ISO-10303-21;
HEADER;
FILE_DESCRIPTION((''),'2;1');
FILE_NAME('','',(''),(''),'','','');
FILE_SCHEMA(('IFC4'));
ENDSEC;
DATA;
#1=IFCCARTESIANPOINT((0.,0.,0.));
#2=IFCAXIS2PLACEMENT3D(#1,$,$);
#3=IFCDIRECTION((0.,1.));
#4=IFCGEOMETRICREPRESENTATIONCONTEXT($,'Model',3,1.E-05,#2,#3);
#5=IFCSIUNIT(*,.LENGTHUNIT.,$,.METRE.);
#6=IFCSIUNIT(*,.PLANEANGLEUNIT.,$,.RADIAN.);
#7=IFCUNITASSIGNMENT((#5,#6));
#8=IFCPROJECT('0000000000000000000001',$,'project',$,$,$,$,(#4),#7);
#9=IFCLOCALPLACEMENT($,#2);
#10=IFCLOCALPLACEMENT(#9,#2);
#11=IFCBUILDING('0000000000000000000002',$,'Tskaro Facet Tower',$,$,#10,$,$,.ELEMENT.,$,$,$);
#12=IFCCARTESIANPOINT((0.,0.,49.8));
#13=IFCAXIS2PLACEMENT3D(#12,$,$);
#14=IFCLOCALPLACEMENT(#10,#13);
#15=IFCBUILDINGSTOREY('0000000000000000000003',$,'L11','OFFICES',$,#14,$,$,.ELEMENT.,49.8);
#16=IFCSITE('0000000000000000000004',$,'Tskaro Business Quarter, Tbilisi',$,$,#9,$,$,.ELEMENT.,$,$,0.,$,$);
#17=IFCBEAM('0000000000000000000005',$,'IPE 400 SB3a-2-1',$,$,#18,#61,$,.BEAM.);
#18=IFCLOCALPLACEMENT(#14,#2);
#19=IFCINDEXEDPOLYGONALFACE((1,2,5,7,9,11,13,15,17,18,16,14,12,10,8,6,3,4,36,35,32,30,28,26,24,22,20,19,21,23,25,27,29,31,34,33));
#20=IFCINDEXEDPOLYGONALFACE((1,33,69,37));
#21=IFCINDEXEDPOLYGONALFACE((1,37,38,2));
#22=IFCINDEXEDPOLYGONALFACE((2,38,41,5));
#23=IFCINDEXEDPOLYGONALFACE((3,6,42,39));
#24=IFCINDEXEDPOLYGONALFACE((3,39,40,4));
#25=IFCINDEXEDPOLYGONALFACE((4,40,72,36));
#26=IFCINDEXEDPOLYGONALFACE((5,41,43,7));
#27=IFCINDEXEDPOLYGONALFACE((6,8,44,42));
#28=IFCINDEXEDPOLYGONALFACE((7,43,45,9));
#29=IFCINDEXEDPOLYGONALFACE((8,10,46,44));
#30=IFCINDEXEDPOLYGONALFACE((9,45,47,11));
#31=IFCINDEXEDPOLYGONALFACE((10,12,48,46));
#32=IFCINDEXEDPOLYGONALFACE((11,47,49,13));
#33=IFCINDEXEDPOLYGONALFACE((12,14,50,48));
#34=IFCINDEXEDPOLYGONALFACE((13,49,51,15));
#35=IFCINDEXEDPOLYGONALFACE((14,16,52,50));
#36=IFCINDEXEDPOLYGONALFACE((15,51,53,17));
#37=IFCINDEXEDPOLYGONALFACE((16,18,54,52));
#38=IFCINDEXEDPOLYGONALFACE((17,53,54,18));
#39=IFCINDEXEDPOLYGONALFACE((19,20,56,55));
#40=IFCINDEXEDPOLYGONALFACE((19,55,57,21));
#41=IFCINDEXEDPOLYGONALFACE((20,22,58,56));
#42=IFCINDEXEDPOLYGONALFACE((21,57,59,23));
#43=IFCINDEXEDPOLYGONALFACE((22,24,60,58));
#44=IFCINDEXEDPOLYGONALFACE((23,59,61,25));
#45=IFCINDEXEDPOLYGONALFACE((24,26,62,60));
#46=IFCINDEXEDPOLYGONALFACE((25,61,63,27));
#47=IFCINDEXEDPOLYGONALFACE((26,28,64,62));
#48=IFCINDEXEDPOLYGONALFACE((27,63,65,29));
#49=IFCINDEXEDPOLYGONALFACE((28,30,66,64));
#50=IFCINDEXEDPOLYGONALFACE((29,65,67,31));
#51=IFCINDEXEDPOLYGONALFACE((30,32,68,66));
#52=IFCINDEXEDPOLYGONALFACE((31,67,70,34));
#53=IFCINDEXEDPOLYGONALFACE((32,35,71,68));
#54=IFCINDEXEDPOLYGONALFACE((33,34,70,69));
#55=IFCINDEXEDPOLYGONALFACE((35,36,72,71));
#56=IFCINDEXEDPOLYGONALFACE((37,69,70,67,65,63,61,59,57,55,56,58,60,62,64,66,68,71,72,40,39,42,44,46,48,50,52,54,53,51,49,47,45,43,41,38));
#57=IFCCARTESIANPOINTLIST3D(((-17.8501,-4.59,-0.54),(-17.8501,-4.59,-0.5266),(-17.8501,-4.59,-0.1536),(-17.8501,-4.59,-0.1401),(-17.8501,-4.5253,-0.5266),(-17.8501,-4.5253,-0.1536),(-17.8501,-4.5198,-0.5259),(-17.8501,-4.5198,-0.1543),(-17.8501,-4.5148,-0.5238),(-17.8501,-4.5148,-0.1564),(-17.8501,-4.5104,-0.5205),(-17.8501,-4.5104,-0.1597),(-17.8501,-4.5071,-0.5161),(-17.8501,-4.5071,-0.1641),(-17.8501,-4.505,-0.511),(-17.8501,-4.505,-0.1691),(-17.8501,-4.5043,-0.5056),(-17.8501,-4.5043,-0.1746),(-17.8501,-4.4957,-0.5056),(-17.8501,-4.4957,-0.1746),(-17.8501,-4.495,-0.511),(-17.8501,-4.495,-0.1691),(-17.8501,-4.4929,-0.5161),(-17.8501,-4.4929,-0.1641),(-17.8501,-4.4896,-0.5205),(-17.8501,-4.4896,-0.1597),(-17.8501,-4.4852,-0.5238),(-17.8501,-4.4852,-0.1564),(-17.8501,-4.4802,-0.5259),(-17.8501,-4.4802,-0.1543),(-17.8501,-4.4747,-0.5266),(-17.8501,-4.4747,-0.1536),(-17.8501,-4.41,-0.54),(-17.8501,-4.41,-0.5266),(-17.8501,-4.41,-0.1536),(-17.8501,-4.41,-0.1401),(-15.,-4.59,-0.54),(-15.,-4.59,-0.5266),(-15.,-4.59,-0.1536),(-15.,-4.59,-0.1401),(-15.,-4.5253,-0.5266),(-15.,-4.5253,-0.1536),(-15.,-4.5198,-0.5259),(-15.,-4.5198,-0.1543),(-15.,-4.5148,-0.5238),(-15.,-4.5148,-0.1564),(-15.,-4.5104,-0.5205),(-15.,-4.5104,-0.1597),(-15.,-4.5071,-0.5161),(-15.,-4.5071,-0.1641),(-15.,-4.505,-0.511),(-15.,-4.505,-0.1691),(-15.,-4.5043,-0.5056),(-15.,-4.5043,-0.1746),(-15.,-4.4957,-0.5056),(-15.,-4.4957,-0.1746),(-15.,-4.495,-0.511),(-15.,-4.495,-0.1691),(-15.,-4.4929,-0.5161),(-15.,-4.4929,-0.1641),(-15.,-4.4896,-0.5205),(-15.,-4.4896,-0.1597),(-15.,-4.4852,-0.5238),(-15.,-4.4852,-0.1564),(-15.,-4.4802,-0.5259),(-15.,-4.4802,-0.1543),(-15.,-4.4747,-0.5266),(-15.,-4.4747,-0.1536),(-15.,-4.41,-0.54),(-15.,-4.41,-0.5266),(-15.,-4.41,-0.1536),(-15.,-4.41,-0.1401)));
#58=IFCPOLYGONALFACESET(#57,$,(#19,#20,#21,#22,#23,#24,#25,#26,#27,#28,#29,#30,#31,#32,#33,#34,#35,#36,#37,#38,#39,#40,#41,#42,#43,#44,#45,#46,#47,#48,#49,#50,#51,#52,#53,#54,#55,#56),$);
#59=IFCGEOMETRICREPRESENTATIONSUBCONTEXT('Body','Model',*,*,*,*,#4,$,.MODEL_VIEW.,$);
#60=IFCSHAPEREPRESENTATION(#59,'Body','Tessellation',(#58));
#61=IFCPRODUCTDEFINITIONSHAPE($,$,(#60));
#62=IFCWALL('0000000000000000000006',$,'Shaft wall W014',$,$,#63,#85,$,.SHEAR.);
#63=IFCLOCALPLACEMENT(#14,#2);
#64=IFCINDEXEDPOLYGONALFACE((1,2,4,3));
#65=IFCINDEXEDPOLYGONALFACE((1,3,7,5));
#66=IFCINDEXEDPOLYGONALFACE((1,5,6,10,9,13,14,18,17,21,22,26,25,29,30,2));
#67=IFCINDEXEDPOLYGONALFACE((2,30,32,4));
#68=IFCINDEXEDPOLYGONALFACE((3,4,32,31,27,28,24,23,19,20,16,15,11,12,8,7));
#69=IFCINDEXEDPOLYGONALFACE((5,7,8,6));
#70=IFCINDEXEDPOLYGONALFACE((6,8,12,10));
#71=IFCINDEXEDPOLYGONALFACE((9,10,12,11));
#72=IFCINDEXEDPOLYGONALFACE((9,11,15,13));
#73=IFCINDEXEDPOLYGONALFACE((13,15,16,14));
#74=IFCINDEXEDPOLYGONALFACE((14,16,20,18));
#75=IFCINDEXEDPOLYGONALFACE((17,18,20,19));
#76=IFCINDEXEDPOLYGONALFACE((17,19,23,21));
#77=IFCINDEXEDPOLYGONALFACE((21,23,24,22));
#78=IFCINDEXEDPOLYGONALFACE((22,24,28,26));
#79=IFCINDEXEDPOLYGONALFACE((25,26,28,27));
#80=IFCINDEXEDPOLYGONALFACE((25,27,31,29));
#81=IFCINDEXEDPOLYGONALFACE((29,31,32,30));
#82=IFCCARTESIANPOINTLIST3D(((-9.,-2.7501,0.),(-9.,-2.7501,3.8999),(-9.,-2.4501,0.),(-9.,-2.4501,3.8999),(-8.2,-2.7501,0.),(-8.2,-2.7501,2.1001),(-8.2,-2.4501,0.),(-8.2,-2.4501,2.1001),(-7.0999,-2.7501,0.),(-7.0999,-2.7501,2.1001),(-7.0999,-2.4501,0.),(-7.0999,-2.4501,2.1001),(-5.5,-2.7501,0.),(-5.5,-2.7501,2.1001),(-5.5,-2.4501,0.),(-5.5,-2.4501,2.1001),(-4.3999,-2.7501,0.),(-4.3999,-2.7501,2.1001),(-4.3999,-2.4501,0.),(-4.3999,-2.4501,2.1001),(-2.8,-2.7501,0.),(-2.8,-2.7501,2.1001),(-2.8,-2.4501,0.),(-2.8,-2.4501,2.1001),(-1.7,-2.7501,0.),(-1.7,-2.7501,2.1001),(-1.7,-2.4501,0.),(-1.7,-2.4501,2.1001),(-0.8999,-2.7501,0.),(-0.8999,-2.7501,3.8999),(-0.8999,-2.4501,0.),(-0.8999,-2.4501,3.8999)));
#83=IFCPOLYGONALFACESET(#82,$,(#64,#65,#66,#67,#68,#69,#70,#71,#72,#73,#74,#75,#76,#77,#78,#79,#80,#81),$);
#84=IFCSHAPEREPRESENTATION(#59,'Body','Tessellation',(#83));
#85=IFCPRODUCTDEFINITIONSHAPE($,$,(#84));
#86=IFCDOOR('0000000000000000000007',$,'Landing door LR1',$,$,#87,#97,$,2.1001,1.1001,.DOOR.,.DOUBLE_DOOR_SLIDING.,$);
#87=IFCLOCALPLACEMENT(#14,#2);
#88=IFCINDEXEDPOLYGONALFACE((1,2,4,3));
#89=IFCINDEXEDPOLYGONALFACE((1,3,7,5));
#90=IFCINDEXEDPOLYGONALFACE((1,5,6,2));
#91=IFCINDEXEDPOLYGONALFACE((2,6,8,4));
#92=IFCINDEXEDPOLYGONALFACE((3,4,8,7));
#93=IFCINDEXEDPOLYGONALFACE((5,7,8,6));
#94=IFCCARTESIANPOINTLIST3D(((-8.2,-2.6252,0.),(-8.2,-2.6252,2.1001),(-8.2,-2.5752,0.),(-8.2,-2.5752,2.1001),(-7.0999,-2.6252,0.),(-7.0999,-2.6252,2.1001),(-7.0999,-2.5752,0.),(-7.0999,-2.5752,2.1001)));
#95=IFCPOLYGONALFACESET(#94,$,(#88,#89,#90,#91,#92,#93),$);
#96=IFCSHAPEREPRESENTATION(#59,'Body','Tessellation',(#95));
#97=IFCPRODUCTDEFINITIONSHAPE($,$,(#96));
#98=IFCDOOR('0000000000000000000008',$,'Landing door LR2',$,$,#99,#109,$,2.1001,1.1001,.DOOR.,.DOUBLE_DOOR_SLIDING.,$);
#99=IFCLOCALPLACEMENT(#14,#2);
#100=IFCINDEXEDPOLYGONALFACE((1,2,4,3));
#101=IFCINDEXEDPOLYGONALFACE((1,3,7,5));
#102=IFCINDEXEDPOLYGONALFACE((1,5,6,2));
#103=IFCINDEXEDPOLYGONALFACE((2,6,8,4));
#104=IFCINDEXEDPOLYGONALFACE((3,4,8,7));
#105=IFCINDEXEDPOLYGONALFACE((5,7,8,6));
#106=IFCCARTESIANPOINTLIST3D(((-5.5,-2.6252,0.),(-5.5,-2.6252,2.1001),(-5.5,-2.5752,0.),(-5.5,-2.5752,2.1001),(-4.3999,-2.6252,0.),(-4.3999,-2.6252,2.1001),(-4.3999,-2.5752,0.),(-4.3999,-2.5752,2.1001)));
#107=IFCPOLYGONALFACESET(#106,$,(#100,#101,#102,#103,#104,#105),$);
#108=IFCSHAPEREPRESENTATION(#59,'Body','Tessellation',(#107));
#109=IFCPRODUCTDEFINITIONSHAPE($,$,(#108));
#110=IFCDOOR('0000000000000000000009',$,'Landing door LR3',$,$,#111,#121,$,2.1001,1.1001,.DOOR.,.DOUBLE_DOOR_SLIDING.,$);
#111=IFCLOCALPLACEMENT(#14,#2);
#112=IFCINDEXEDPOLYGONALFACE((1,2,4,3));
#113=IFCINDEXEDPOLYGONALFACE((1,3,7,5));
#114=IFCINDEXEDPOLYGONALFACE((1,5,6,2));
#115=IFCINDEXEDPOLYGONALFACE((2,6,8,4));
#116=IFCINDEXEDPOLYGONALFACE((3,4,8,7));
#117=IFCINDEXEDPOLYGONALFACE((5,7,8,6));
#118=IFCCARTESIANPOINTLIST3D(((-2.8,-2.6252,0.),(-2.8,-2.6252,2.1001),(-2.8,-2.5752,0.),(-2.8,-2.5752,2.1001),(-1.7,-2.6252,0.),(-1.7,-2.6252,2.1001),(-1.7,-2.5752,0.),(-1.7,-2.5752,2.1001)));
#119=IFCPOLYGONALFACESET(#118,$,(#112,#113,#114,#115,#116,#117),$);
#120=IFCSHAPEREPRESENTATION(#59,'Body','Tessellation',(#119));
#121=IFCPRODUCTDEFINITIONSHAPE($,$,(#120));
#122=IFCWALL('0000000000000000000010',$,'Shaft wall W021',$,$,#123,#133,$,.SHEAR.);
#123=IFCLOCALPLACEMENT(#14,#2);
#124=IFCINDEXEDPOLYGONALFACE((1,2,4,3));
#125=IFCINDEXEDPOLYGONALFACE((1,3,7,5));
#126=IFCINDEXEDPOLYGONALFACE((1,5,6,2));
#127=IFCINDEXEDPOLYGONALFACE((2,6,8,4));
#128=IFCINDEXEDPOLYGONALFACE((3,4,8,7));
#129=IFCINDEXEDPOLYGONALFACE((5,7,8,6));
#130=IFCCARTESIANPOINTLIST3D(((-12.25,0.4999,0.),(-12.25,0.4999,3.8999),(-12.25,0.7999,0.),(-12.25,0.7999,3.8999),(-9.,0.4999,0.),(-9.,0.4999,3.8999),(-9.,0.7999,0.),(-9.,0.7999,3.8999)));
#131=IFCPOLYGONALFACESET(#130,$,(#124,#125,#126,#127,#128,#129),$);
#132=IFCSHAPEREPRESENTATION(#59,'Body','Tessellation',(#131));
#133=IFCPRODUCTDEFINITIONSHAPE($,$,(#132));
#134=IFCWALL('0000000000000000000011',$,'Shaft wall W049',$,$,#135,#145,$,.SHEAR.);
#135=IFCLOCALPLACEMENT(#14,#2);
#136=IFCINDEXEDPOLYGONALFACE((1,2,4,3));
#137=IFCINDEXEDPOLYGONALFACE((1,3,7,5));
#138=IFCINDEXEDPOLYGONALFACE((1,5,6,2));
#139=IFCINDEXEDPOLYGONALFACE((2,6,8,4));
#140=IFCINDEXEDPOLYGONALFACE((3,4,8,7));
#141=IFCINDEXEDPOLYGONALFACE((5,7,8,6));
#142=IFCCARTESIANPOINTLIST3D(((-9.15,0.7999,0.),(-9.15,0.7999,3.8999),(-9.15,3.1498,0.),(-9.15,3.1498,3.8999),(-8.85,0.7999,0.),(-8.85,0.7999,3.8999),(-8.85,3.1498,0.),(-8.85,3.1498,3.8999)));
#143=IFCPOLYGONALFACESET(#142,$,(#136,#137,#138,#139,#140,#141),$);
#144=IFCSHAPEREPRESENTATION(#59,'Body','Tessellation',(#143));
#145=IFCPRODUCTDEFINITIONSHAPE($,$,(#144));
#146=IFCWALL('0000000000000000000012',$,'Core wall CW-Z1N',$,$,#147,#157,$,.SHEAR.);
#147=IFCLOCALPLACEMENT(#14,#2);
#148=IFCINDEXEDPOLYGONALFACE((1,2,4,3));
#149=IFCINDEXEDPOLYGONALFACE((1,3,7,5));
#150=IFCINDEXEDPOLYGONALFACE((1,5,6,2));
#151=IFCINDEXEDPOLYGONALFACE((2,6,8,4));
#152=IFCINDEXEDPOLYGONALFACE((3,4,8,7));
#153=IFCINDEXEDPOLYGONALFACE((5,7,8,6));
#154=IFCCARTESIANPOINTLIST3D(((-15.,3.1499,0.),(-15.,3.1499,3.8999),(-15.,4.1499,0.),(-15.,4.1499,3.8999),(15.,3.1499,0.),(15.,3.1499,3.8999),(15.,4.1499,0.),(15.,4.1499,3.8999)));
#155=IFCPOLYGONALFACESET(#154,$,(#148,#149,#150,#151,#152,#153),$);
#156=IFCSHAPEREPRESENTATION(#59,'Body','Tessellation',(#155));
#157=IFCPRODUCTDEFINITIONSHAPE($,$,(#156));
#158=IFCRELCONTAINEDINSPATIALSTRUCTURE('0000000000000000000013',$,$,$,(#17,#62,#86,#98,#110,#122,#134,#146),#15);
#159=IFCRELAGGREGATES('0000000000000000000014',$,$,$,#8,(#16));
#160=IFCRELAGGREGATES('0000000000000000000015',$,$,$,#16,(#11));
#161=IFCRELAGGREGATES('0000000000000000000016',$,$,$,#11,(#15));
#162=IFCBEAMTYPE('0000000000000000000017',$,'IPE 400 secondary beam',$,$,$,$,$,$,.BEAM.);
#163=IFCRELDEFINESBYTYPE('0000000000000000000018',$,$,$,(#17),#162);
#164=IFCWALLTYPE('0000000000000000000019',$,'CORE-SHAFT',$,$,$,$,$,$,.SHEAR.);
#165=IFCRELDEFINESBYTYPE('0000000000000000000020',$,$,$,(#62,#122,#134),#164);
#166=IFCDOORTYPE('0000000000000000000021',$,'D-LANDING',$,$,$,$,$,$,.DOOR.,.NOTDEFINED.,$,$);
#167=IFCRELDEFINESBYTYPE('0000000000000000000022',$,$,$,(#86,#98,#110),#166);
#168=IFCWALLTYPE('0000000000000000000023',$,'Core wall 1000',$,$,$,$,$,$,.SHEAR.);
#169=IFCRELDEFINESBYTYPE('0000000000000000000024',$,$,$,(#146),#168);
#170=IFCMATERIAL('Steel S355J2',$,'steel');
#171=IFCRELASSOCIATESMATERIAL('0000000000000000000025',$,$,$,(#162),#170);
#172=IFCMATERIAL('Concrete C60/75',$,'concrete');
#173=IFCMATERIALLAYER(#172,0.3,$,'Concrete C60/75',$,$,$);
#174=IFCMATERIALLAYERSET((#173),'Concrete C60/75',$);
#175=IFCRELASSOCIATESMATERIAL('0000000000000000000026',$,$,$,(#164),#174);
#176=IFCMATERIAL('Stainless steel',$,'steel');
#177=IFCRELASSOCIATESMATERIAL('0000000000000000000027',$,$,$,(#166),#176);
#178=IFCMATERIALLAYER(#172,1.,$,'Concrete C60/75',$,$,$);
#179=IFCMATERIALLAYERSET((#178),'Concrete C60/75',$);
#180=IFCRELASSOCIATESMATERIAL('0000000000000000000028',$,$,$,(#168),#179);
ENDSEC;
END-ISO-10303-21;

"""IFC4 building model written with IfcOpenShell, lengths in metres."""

from ifc_helpers import new_model, si_unit, direction, frame, frame_2d, origin, origin_2d, place, context, subcontext, project, spatial, rectangle, i_section, extrude, material, layer, layer_set, material_profile, profile_set, type_object, element, fill, save


model = new_model("IFC4")

# Units and contexts
model_context = context("Model", 3, precision=1e-05, world=origin(), true_north=direction((0.0, 1.0)))
body_context = subcontext(model_context, "Body", "Model", "MODEL_VIEW")
ifc_project = project(units=[si_unit("LENGTHUNIT", "METRE"), si_unit("PLANEANGLEUNIT", "RADIAN")], contexts=[model_context])

# Site, building, storey
site_placement = place(None, origin())
site = spatial("IfcSite", under=ifc_project, at=site_placement, Name="Tskaro Business Quarter, Tbilisi", CompositionType="ELEMENT", RefElevation=0.0)
building_placement = place(site_placement, origin())
building = spatial("IfcBuilding", under=site, at=building_placement, Name="Tskaro Facet Tower", CompositionType="ELEMENT")
storey_placement = place(building_placement, frame((0.0, 0.0, 49.8)))
storey = spatial("IfcBuildingStorey", under=building, at=storey_placement, Name="L11", Description="OFFICES", CompositionType="ELEMENT", Elevation=49.8)

# Beam
ifc_material_1 = material(Name="Steel S355J2", Category="steel")
ifc_material_profile = material_profile(ifc_material_1, i_section(OverallWidth=0.1799, OverallDepth=0.3999, WebThickness=0.0085, FlangeThickness=0.0134, FilletRadius=0.021, at=origin_2d()), Name="IPE 400")
ifc_profile_set = profile_set([ifc_material_profile], Name="Steel S355J2")
beam_type = type_object("IfcBeamType", Name="IPE 400 secondary beam", PredefinedType="BEAM", material=ifc_profile_set)
beam_placement = place(storey_placement, frame((-17.8501, -4.5, -0.3401), z_axis=(1.0, 0.0, 0.0), x_axis=(0.0, 1.0, 0.0)))
element("IfcBeam", 1, at=beam_placement, inside=storey, type_object=beam_type, Name="IPE 400 SB3a-2-1", PredefinedType="BEAM", context=body_context, shape_type="SweptSolid", body=[
    extrude(i_section(OverallWidth=0.1799, OverallDepth=0.3999, WebThickness=0.0085, FlangeThickness=0.0134, FilletRadius=0.021, at=origin_2d()), origin(), (0.0, 0.0, 1.0), 2.8501),
])

# Wall, openings, doors
ifc_material_2 = material(Name="Concrete C60/75", Category="concrete")
ifc_layer_1 = layer(ifc_material_2, 0.3, Name="Concrete C60/75")
ifc_layer_set_1 = layer_set([ifc_layer_1], Name="Concrete C60/75")
wall_type_1 = type_object("IfcWallType", Name="CORE-SHAFT", PredefinedType="SHEAR", material=ifc_layer_set_1)
wall_1_placement = place(storey_placement, frame((-9.0, -2.6001, 0.0), z_axis=(0.0, 0.0, 1.0), x_axis=(1.0, 0.0, 0.0)))
wall_1 = element("IfcWall", 2, at=wall_1_placement, inside=storey, type_object=wall_type_1, Name="Shaft wall W014", PredefinedType="SHEAR", context=body_context, shape_type="SweptSolid", body=[
    extrude(rectangle(XDim=8.1001, YDim=0.3, at=frame_2d((4.05, 0.0))), origin(), (0.0, 0.0, 1.0), 3.8999),
])
opening_1_placement = place(wall_1_placement, frame((0.8, 0.0, 0.0)))
opening_1 = element("IfcOpeningElement", 3, at=opening_1_placement, cuts=wall_1, PredefinedType="OPENING", context=body_context, shape_type="SweptSolid", body=[
    extrude(rectangle(XDim=1.1001, YDim=2.1001, at=frame_2d((0.55, 1.05))), frame((0.0, 0.1599, 0.0), z_axis=(0.0, -1.0, 0.0), x_axis=(1.0, 0.0, 0.0)), (0.0, 0.0, 1.0), 0.3201),
])
opening_2_placement = place(wall_1_placement, frame((3.5, 0.0, 0.0)))
opening_2 = element("IfcOpeningElement", 4, at=opening_2_placement, cuts=wall_1, PredefinedType="OPENING", context=body_context, shape_type="SweptSolid", body=[
    extrude(rectangle(XDim=1.1001, YDim=2.1001, at=frame_2d((0.55, 1.05))), frame((0.0, 0.1599, 0.0), z_axis=(0.0, -1.0, 0.0), x_axis=(1.0, 0.0, 0.0)), (0.0, 0.0, 1.0), 0.3201),
])
opening_3_placement = place(wall_1_placement, frame((6.2, 0.0, 0.0)))
opening_3 = element("IfcOpeningElement", 5, at=opening_3_placement, cuts=wall_1, PredefinedType="OPENING", context=body_context, shape_type="SweptSolid", body=[
    extrude(rectangle(XDim=1.1001, YDim=2.1001, at=frame_2d((0.55, 1.05))), frame((0.0, 0.1599, 0.0), z_axis=(0.0, -1.0, 0.0), x_axis=(1.0, 0.0, 0.0)), (0.0, 0.0, 1.0), 0.3201),
])
ifc_material_3 = material(Name="Stainless steel", Category="steel")
door_type_1 = type_object("IfcDoorType", Name="D-LANDING", OperationType="NOTDEFINED", PredefinedType="DOOR", material=ifc_material_3)
door_1_placement = place(opening_1_placement, origin())
door_1 = element("IfcDoor", 6, at=door_1_placement, inside=storey, type_object=door_type_1, Name="Landing door LR1", OperationType="DOUBLE_DOOR_SLIDING", OverallHeight=2.1001, OverallWidth=1.1001, PredefinedType="DOOR", context=body_context, shape_type="SweptSolid", body=[
    extrude(rectangle(XDim=1.1001, YDim=2.1001, at=frame_2d((0.55, 1.05))), frame((0.0, 0.0249, 0.0), z_axis=(0.0, -1.0, 0.0), x_axis=(1.0, 0.0, 0.0)), (0.0, 0.0, 1.0), 0.05),
])
fill(opening_1, door_1)
door_2_placement = place(opening_2_placement, origin())
door_2 = element("IfcDoor", 7, at=door_2_placement, inside=storey, type_object=door_type_1, Name="Landing door LR2", OperationType="DOUBLE_DOOR_SLIDING", OverallHeight=2.1001, OverallWidth=1.1001, PredefinedType="DOOR", context=body_context, shape_type="SweptSolid", body=[
    extrude(rectangle(XDim=1.1001, YDim=2.1001, at=frame_2d((0.55, 1.05))), frame((0.0, 0.0249, 0.0), z_axis=(0.0, -1.0, 0.0), x_axis=(1.0, 0.0, 0.0)), (0.0, 0.0, 1.0), 0.05),
])
fill(opening_2, door_2)
door_3_placement = place(opening_3_placement, origin())
door_3 = element("IfcDoor", 8, at=door_3_placement, inside=storey, type_object=door_type_1, Name="Landing door LR3", OperationType="DOUBLE_DOOR_SLIDING", OverallHeight=2.1001, OverallWidth=1.1001, PredefinedType="DOOR", context=body_context, shape_type="SweptSolid", body=[
    extrude(rectangle(XDim=1.1001, YDim=2.1001, at=frame_2d((0.55, 1.05))), frame((0.0, 0.0249, 0.0), z_axis=(0.0, -1.0, 0.0), x_axis=(1.0, 0.0, 0.0)), (0.0, 0.0, 1.0), 0.05),
])
fill(opening_3, door_3)

# Walls
wall_2_placement = place(storey_placement, frame((-9.0, 0.6499, 0.0), z_axis=(0.0, 0.0, 1.0), x_axis=(-1.0, 0.0, 0.0)))
element("IfcWall", 9, at=wall_2_placement, inside=storey, type_object=wall_type_1, Name="Shaft wall W021", PredefinedType="SHEAR", context=body_context, shape_type="SweptSolid", body=[
    extrude(rectangle(XDim=3.25, YDim=0.3, at=frame_2d((1.625, 0.0))), origin(), (0.0, 0.0, 1.0), 3.8999),
])
wall_3_placement = place(storey_placement, frame((-9.0, 0.8, 0.0), z_axis=(0.0, 0.0, 1.0), x_axis=(0.0, 1.0, 0.0)))
element("IfcWall", 10, at=wall_3_placement, inside=storey, type_object=wall_type_1, Name="Shaft wall W049", PredefinedType="SHEAR", context=body_context, shape_type="SweptSolid", body=[
    extrude(rectangle(XDim=2.3499, YDim=0.3, at=frame_2d((1.1748, 0.0))), origin(), (0.0, 0.0, 1.0), 3.8999),
])
ifc_layer_2 = layer(ifc_material_2, 1.0, Name="Concrete C60/75")
ifc_layer_set_2 = layer_set([ifc_layer_2], Name="Concrete C60/75")
wall_type_2 = type_object("IfcWallType", Name="Core wall 1000", PredefinedType="SHEAR", material=ifc_layer_set_2)
wall_4_placement = place(storey_placement, frame((-15.0, 3.6499, 0.0), z_axis=(0.0, 0.0, 1.0), x_axis=(1.0, 0.0, 0.0)))
element("IfcWall", 11, at=wall_4_placement, inside=storey, type_object=wall_type_2, Name="Core wall CW-Z1N", PredefinedType="SHEAR", context=body_context, shape_type="SweptSolid", body=[
    extrude(rectangle(XDim=30.0, YDim=1.0, at=frame_2d((15.0, 0.0))), origin(), (0.0, 0.0, 1.0), 3.8999),
])

save(model, "model.ifc")
